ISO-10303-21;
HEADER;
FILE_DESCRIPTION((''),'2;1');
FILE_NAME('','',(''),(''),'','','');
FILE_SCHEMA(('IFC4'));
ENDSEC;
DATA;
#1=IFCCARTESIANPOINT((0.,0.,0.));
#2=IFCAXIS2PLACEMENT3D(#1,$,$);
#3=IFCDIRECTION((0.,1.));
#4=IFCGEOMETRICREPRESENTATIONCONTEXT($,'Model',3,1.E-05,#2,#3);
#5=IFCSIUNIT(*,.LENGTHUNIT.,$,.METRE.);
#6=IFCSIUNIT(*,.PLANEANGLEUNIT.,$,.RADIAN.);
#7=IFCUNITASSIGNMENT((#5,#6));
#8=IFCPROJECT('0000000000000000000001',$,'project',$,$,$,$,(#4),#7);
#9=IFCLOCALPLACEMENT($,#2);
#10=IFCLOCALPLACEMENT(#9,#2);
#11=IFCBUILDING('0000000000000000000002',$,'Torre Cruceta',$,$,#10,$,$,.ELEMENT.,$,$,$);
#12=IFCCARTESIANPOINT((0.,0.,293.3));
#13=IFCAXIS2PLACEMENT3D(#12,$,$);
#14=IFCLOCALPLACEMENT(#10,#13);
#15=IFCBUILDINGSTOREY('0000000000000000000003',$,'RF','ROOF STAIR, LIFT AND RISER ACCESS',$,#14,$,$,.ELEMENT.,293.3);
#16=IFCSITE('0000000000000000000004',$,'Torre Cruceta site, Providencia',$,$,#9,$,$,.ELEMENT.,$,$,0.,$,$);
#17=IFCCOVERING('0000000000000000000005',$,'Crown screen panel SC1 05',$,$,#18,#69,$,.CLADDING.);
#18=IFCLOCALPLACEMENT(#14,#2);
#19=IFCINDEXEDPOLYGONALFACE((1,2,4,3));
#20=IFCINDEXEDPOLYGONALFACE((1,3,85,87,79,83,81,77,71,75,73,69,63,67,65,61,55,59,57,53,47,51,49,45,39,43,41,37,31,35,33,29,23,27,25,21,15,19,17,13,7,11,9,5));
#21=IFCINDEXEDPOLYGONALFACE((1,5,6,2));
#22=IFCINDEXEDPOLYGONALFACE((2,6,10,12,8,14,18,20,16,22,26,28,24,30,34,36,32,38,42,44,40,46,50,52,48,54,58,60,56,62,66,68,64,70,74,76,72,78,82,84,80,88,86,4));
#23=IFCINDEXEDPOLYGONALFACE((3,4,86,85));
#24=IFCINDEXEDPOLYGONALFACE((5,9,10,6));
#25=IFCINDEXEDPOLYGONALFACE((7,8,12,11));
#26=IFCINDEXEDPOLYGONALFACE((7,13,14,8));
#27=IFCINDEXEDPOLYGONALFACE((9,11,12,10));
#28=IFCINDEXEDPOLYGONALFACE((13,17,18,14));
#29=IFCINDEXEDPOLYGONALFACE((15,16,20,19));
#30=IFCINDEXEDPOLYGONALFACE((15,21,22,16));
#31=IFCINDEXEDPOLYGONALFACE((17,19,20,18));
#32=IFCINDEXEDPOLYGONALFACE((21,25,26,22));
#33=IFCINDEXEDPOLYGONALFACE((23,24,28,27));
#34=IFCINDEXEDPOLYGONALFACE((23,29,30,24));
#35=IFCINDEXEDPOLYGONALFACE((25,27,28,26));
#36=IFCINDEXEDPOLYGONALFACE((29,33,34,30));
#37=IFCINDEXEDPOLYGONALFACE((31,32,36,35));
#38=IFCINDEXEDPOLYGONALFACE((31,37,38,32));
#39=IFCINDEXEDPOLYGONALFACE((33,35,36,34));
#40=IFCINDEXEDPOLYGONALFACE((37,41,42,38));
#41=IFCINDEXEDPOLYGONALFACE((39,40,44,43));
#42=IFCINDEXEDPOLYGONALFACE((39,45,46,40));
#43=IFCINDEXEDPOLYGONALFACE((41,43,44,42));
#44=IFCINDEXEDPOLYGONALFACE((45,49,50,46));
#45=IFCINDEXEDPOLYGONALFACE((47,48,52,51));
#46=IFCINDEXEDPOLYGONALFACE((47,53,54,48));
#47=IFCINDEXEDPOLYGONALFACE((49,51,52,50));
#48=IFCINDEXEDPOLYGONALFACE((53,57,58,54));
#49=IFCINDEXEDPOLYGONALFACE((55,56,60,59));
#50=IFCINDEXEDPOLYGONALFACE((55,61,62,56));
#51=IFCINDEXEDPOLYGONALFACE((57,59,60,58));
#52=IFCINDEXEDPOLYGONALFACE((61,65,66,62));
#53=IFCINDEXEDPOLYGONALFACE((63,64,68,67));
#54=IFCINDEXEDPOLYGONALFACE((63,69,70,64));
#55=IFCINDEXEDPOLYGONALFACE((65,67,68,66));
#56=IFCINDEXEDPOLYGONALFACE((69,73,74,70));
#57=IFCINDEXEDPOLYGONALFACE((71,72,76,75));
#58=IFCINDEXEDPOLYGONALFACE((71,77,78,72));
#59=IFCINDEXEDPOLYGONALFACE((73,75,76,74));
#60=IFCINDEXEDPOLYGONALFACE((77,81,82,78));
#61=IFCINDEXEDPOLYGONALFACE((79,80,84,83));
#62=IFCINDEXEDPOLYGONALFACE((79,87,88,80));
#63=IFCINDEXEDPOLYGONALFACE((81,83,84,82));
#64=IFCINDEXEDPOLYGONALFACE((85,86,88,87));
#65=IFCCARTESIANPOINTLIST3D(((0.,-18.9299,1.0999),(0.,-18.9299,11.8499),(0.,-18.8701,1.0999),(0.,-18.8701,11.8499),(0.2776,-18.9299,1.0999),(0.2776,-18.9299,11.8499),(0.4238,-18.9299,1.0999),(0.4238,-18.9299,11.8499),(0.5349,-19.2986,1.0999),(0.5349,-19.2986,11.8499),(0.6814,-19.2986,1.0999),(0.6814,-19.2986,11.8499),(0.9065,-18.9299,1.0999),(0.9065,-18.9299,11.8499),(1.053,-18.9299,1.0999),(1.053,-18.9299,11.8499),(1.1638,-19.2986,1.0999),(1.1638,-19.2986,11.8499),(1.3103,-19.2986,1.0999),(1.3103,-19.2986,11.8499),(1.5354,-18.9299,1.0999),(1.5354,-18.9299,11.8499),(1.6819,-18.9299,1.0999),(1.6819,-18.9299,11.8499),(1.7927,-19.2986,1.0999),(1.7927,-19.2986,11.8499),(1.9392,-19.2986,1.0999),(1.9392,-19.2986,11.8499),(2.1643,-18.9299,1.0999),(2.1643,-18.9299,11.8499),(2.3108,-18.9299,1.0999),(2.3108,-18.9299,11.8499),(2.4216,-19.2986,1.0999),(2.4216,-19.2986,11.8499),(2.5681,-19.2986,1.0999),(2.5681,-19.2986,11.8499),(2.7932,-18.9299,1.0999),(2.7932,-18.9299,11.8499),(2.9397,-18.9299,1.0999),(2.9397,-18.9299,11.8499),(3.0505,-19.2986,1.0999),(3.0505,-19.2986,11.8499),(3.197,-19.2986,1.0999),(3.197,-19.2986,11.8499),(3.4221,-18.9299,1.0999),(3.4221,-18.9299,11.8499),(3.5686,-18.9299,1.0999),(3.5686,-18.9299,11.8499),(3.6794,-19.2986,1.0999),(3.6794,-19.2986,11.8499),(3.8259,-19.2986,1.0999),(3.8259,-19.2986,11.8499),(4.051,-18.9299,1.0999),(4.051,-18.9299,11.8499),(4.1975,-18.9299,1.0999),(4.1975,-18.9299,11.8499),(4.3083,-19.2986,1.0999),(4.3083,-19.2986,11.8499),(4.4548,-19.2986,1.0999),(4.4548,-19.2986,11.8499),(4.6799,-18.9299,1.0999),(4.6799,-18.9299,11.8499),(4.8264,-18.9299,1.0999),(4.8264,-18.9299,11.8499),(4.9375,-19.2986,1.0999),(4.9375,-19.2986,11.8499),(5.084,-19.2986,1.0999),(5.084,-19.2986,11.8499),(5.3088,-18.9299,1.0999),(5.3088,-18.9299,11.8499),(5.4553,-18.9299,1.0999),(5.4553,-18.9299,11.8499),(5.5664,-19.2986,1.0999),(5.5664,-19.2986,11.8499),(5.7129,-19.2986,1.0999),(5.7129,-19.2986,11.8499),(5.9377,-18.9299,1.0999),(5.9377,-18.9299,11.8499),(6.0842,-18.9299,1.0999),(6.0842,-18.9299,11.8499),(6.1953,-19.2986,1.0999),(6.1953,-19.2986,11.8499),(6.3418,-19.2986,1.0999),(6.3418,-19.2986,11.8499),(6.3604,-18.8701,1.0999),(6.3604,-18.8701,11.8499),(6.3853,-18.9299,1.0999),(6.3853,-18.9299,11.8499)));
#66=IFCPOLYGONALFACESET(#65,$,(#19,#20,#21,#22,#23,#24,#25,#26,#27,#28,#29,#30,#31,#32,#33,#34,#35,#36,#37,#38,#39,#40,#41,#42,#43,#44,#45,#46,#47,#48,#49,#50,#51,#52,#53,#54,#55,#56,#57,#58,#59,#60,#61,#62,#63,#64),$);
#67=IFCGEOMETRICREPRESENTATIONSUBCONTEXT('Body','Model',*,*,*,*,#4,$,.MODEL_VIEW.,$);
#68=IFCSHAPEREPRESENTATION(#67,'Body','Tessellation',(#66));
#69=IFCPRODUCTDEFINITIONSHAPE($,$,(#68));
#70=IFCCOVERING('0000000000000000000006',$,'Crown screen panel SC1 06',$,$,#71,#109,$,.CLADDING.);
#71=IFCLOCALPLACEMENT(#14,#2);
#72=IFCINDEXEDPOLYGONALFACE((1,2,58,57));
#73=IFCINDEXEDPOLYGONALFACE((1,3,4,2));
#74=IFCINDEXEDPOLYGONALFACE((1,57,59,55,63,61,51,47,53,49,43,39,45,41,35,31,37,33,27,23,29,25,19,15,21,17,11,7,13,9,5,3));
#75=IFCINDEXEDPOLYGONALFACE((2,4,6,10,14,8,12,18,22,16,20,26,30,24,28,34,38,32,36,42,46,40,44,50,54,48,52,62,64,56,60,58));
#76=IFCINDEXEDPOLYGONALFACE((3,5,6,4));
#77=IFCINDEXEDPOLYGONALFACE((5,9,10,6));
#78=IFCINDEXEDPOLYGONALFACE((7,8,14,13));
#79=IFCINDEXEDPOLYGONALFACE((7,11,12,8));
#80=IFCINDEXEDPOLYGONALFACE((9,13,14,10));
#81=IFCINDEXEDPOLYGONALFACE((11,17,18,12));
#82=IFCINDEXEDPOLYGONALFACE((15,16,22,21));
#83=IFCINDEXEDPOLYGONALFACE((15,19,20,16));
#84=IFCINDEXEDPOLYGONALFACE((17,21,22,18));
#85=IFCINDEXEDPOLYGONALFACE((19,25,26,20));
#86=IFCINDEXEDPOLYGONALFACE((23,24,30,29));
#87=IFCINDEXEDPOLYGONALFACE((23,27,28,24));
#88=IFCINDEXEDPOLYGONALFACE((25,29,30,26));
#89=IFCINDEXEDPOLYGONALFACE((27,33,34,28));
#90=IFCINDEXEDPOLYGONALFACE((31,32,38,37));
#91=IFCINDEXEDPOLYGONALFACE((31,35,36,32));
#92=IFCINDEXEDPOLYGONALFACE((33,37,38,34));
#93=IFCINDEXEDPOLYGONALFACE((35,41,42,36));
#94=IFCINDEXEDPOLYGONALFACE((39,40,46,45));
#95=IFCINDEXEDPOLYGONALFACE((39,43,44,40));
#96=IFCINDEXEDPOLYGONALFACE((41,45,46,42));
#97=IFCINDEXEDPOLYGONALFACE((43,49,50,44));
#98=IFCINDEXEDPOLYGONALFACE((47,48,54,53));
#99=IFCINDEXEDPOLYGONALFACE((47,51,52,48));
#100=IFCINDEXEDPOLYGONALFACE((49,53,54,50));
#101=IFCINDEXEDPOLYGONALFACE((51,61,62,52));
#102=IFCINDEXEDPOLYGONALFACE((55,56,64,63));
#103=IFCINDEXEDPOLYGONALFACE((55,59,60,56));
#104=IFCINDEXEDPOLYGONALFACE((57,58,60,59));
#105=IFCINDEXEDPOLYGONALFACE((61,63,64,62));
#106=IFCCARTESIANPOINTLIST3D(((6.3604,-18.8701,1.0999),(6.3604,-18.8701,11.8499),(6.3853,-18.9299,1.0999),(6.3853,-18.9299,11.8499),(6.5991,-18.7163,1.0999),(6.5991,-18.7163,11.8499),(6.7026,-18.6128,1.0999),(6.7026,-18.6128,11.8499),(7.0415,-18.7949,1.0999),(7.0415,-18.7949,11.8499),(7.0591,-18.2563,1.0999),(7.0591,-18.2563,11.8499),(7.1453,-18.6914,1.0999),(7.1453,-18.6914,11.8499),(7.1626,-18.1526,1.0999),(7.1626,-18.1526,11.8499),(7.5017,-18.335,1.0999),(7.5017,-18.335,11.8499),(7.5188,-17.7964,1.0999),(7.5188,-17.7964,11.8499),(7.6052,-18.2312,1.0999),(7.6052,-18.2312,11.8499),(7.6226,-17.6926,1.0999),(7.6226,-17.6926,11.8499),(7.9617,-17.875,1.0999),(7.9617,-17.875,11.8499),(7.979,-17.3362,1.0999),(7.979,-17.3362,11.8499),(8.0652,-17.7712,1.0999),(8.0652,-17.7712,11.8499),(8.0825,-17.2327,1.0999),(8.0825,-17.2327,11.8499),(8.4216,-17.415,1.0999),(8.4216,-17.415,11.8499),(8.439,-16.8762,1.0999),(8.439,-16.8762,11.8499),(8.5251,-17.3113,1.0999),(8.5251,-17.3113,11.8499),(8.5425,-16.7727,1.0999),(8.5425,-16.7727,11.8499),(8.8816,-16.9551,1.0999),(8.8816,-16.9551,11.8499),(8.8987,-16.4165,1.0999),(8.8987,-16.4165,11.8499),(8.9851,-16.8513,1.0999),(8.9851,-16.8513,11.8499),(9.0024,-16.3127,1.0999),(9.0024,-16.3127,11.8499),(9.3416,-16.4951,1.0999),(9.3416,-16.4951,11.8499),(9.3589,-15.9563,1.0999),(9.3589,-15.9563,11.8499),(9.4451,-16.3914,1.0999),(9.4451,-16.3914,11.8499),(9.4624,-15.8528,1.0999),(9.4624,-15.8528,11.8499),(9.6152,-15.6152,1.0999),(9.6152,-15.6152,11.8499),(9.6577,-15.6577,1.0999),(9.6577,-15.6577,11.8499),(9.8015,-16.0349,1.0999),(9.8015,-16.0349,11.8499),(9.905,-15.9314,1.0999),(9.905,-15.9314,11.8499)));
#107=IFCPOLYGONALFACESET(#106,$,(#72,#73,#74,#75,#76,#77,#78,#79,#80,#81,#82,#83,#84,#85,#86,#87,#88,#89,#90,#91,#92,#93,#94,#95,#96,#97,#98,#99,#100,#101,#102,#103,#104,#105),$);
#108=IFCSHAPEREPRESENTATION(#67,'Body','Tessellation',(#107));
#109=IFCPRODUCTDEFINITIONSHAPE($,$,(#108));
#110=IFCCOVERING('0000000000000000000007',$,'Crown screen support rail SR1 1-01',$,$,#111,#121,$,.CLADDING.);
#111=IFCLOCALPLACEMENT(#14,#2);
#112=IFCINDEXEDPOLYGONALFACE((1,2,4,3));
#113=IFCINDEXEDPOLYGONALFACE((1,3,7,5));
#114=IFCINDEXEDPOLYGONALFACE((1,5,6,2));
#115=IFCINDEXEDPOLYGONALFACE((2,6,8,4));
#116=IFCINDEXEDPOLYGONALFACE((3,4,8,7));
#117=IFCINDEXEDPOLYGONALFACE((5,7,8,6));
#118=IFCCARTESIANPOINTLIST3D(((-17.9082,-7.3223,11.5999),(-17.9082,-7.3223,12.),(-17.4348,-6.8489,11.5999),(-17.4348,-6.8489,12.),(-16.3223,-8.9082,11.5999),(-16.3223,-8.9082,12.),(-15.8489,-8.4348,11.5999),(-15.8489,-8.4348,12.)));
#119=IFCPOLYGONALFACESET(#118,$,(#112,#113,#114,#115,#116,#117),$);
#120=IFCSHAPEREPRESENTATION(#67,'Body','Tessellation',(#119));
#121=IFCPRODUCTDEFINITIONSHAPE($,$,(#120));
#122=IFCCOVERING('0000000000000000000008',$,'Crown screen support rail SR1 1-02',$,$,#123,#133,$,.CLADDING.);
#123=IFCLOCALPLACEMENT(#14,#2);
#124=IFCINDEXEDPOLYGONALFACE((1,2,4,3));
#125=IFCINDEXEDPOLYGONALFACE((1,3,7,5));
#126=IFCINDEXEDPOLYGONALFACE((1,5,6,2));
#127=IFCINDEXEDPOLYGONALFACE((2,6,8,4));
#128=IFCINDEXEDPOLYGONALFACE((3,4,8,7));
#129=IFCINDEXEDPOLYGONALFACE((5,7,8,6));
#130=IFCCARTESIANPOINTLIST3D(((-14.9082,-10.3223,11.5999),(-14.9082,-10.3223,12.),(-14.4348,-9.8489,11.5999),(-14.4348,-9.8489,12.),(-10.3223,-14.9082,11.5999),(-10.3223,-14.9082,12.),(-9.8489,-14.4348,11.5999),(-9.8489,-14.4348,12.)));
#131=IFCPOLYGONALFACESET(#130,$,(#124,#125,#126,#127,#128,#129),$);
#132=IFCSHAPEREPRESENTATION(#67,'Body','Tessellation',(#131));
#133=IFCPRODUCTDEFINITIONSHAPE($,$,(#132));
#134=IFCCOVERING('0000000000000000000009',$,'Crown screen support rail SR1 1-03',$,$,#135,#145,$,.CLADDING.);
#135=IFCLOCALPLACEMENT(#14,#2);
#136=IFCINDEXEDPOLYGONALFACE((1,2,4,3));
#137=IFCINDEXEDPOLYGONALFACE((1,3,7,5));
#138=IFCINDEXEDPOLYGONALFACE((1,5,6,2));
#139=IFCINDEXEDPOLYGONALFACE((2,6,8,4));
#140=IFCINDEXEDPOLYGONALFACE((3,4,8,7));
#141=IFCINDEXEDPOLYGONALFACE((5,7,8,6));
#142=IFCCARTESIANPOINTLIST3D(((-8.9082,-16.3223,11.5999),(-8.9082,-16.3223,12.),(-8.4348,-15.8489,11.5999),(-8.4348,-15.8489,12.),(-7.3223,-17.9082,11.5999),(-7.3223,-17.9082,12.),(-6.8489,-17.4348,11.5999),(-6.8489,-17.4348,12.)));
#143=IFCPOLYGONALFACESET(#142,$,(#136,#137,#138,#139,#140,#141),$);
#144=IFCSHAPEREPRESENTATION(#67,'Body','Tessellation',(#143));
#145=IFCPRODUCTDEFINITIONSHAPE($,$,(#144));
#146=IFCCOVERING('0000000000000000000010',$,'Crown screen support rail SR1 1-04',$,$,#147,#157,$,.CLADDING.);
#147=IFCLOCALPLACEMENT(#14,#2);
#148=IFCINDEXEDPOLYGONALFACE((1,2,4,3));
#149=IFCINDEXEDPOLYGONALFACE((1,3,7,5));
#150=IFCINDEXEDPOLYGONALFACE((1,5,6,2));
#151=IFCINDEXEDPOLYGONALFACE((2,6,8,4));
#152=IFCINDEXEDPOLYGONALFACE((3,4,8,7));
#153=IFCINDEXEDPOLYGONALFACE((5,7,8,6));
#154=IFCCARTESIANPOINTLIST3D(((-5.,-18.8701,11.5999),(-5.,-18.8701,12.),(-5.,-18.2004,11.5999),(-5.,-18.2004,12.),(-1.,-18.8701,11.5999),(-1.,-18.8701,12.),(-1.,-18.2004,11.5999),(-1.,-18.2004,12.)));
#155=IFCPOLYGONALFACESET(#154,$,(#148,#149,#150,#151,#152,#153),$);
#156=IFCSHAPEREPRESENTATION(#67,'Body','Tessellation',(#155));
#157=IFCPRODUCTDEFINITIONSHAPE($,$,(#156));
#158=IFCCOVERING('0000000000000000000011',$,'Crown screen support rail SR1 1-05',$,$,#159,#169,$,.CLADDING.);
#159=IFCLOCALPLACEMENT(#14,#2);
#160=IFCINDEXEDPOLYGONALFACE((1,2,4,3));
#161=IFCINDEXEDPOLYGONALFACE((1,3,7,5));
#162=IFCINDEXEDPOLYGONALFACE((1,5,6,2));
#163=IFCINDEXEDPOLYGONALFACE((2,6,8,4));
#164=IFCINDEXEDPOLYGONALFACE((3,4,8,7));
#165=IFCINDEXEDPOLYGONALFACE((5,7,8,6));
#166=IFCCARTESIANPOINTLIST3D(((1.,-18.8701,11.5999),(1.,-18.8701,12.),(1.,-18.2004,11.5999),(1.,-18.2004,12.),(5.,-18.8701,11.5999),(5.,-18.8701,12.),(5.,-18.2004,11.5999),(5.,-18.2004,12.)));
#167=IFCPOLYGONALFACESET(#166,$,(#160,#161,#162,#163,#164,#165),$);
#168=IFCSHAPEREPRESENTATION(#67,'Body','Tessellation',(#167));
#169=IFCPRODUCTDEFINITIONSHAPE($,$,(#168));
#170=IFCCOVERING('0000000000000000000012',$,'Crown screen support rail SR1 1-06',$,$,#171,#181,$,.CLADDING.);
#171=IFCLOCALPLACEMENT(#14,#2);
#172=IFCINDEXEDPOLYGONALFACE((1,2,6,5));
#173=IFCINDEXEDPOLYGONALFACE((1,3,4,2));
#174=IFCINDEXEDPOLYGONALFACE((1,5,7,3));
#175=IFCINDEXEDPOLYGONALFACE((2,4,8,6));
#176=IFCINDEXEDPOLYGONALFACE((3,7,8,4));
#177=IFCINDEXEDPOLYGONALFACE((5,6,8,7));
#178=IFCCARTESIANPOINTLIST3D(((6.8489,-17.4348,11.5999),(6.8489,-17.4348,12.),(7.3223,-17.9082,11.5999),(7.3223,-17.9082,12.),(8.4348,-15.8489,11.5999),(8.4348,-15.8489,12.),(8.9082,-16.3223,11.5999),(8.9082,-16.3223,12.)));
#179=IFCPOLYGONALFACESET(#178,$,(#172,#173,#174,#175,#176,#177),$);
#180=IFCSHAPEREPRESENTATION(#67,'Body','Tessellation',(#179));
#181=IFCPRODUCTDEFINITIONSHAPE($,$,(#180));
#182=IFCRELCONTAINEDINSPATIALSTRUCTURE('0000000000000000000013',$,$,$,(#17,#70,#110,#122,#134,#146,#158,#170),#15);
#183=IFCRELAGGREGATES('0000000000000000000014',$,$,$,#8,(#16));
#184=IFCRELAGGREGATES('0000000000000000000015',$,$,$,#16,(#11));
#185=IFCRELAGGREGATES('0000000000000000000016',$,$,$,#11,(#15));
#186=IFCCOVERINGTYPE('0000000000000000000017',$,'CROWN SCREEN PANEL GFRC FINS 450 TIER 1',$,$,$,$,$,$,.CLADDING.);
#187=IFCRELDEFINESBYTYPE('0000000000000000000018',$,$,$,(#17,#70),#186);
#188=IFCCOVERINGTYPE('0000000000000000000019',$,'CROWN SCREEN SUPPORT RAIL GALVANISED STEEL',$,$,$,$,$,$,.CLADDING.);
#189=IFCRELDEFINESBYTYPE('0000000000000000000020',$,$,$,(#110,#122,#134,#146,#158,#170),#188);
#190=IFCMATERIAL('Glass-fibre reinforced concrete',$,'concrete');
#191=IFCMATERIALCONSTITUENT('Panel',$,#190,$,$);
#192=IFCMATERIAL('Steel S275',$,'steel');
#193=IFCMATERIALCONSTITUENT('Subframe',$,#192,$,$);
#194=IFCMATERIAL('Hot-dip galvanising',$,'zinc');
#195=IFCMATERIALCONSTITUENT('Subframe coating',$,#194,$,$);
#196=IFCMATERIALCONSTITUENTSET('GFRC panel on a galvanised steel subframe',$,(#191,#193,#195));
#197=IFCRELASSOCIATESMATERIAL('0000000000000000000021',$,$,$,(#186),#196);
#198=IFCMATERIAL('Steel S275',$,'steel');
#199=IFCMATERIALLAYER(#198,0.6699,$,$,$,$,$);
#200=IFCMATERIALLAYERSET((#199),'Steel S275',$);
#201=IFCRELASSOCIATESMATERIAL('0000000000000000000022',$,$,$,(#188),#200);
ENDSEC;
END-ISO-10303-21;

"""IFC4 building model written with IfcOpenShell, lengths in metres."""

from ifc_helpers import new_model, si_unit, direction, frame, origin, place, context, subcontext, project, spatial, polyline, outline, extrude, material, layer, layer_set, constituent, constituent_set, type_object, element, save


model = new_model("IFC4")

# Units and contexts
model_context = context("Model", 3, precision=1e-05, world=origin(), true_north=direction((0.0, 1.0)))
body_context = subcontext(model_context, "Body", "Model", "MODEL_VIEW")
ifc_project = project(units=[si_unit("LENGTHUNIT", "METRE"), si_unit("PLANEANGLEUNIT", "RADIAN")], contexts=[model_context])

# Site, building, storey
site_placement = place(None, origin())
site = spatial("IfcSite", under=ifc_project, at=site_placement, Name="Torre Cruceta site, Providencia", CompositionType="ELEMENT", RefElevation=0.0)
building_placement = place(site_placement, origin())
building = spatial("IfcBuilding", under=site, at=building_placement, Name="Torre Cruceta", CompositionType="ELEMENT")
storey_placement = place(building_placement, frame((0.0, 0.0, 293.3)))
storey = spatial("IfcBuildingStorey", under=building, at=storey_placement, Name="RF", Description="ROOF STAIR, LIFT AND RISER ACCESS", CompositionType="ELEMENT", Elevation=293.3)

# Coverings
ifc_material_1 = material(Name="Glass-fibre reinforced concrete", Category="concrete")
ifc_constituent_1 = constituent(ifc_material_1, Name="Panel")
ifc_material_2 = material(Name="Steel S275", Category="steel")
ifc_constituent_2 = constituent(ifc_material_2, Name="Subframe")
ifc_material_3 = material(Name="Hot-dip galvanising", Category="zinc")
ifc_constituent_3 = constituent(ifc_material_3, Name="Subframe coating")
ifc_constituent_set_1 = constituent_set(constituents=[ifc_constituent_1, ifc_constituent_2, ifc_constituent_3], Name="GFRC panel on a galvanised steel subframe")
covering_type_1 = type_object("IfcCoveringType", Name="CROWN SCREEN PANEL GFRC FINS 450 TIER 1", PredefinedType="CLADDING", material=ifc_constituent_set_1)
covering_1_placement = place(storey_placement, frame((0.0, 0.0, 1.0999)))
element("IfcCovering", 1, at=covering_1_placement, inside=storey, type_object=covering_type_1, Name="Crown screen panel SC1 05", PredefinedType="CLADDING", context=body_context, shape_type="SweptSolid", body=[
    extrude(outline(polyline([(0.6814, -19.2986), (0.4238, -18.9299), (0.9065, -18.9299), (1.1638, -19.2986), (1.3103, -19.2986), (1.053, -18.9299), (1.5354, -18.9299), (1.7927, -19.2986), (1.9392, -19.2986), (1.6819, -18.9299), (2.1643, -18.9299), (2.4216, -19.2986), (2.5681, -19.2986), (2.3108, -18.9299), (2.7932, -18.9299), (3.0505, -19.2986), (3.197, -19.2986), (2.9397, -18.9299), (3.4221, -18.9299), (3.6794, -19.2986), (3.8259, -19.2986), (3.5686, -18.9299), (4.051, -18.9299), (4.3083, -19.2986), (4.4548, -19.2986), (4.1975, -18.9299), (4.6799, -18.9299), (4.9375, -19.2986), (5.084, -19.2986), (4.8264, -18.9299), (5.3088, -18.9299), (5.5664, -19.2986), (5.7129, -19.2986), (5.4553, -18.9299), (5.9377, -18.9299), (6.1953, -19.2986), (6.3418, -19.2986), (6.0842, -18.9299), (6.3853, -18.9299), (6.3604, -18.8701), (0.0, -18.8701), (0.0, -18.9299), (0.2776, -18.9299), (0.5349, -19.2986), (0.6814, -19.2986)])), origin(), (0.0, 0.0, 1.0), 10.75),
])
covering_2_placement = place(storey_placement, frame((0.0, 0.0, 1.0999)))
element("IfcCovering", 2, at=covering_2_placement, inside=storey, type_object=covering_type_1, Name="Crown screen panel SC1 06", PredefinedType="CLADDING", context=body_context, shape_type="SweptSolid", body=[
    extrude(outline(polyline([(7.1453, -18.6914), (6.7026, -18.6128), (7.0591, -18.2563), (7.5017, -18.335), (7.6052, -18.2312), (7.1626, -18.1526), (7.5188, -17.7964), (7.9617, -17.875), (8.0652, -17.7712), (7.6226, -17.6926), (7.979, -17.3362), (8.4216, -17.415), (8.5251, -17.3113), (8.0825, -17.2327), (8.439, -16.8762), (8.8816, -16.9551), (8.9851, -16.8513), (8.5425, -16.7727), (8.8987, -16.4165), (9.3416, -16.4951), (9.4451, -16.3914), (9.0024, -16.3127), (9.3589, -15.9563), (9.8015, -16.0349), (9.905, -15.9314), (9.4624, -15.8528), (9.6577, -15.6577), (9.6152, -15.6152), (6.3604, -18.8701), (6.3853, -18.9299), (6.5991, -18.7163), (7.0415, -18.7949), (7.1453, -18.6914)])), origin(), (0.0, 0.0, 1.0), 10.75),
])
ifc_material_4 = material(Name="Steel S275", Category="steel")
ifc_layer_1 = layer(ifc_material_4, 0.6699)
ifc_layer_set_1 = layer_set([ifc_layer_1], Name="Steel S275")
covering_type_2 = type_object("IfcCoveringType", Name="CROWN SCREEN SUPPORT RAIL GALVANISED STEEL", PredefinedType="CLADDING", material=ifc_layer_set_1)
covering_3_placement = place(storey_placement, frame((0.0, 0.0, 11.5999)))
element("IfcCovering", 3, at=covering_3_placement, inside=storey, type_object=covering_type_2, Name="Crown screen support rail SR1 1-01", PredefinedType="CLADDING", context=body_context, shape_type="SweptSolid", body=[
    extrude(outline(polyline([(-17.9082, -7.3223), (-16.3223, -8.9082), (-15.8489, -8.4348), (-17.4348, -6.8489), (-17.9082, -7.3223)])), origin(), (0.0, 0.0, 1.0), 0.4001),
])
covering_4_placement = place(storey_placement, frame((0.0, 0.0, 11.5999)))
element("IfcCovering", 4, at=covering_4_placement, inside=storey, type_object=covering_type_2, Name="Crown screen support rail SR1 1-02", PredefinedType="CLADDING", context=body_context, shape_type="SweptSolid", body=[
    extrude(outline(polyline([(-14.9082, -10.3223), (-10.3223, -14.9082), (-9.8489, -14.4348), (-14.4348, -9.8489), (-14.9082, -10.3223)])), origin(), (0.0, 0.0, 1.0), 0.4001),
])
covering_5_placement = place(storey_placement, frame((0.0, 0.0, 11.5999)))
element("IfcCovering", 5, at=covering_5_placement, inside=storey, type_object=covering_type_2, Name="Crown screen support rail SR1 1-03", PredefinedType="CLADDING", context=body_context, shape_type="SweptSolid", body=[
    extrude(outline(polyline([(-8.9082, -16.3223), (-7.3223, -17.9082), (-6.8489, -17.4348), (-8.4348, -15.8489), (-8.9082, -16.3223)])), origin(), (0.0, 0.0, 1.0), 0.4001),
])
covering_6_placement = place(storey_placement, frame((0.0, 0.0, 11.5999)))
element("IfcCovering", 6, at=covering_6_placement, inside=storey, type_object=covering_type_2, Name="Crown screen support rail SR1 1-04", PredefinedType="CLADDING", context=body_context, shape_type="SweptSolid", body=[
    extrude(outline(polyline([(-5.0, -18.8701), (-1.0, -18.8701), (-1.0, -18.2004), (-5.0, -18.2004), (-5.0, -18.8701)])), origin(), (0.0, 0.0, 1.0), 0.4001),
])
covering_7_placement = place(storey_placement, frame((0.0, 0.0, 11.5999)))
element("IfcCovering", 7, at=covering_7_placement, inside=storey, type_object=covering_type_2, Name="Crown screen support rail SR1 1-05", PredefinedType="CLADDING", context=body_context, shape_type="SweptSolid", body=[
    extrude(outline(polyline([(1.0, -18.8701), (5.0, -18.8701), (5.0, -18.2004), (1.0, -18.2004), (1.0, -18.8701)])), origin(), (0.0, 0.0, 1.0), 0.4001),
])
covering_8_placement = place(storey_placement, frame((0.0, 0.0, 11.5999)))
element("IfcCovering", 8, at=covering_8_placement, inside=storey, type_object=covering_type_2, Name="Crown screen support rail SR1 1-06", PredefinedType="CLADDING", context=body_context, shape_type="SweptSolid", body=[
    extrude(outline(polyline([(7.3223, -17.9082), (8.9082, -16.3223), (8.4348, -15.8489), (6.8489, -17.4348), (7.3223, -17.9082)])), origin(), (0.0, 0.0, 1.0), 0.4001),
])

save(model, "model.ifc")
